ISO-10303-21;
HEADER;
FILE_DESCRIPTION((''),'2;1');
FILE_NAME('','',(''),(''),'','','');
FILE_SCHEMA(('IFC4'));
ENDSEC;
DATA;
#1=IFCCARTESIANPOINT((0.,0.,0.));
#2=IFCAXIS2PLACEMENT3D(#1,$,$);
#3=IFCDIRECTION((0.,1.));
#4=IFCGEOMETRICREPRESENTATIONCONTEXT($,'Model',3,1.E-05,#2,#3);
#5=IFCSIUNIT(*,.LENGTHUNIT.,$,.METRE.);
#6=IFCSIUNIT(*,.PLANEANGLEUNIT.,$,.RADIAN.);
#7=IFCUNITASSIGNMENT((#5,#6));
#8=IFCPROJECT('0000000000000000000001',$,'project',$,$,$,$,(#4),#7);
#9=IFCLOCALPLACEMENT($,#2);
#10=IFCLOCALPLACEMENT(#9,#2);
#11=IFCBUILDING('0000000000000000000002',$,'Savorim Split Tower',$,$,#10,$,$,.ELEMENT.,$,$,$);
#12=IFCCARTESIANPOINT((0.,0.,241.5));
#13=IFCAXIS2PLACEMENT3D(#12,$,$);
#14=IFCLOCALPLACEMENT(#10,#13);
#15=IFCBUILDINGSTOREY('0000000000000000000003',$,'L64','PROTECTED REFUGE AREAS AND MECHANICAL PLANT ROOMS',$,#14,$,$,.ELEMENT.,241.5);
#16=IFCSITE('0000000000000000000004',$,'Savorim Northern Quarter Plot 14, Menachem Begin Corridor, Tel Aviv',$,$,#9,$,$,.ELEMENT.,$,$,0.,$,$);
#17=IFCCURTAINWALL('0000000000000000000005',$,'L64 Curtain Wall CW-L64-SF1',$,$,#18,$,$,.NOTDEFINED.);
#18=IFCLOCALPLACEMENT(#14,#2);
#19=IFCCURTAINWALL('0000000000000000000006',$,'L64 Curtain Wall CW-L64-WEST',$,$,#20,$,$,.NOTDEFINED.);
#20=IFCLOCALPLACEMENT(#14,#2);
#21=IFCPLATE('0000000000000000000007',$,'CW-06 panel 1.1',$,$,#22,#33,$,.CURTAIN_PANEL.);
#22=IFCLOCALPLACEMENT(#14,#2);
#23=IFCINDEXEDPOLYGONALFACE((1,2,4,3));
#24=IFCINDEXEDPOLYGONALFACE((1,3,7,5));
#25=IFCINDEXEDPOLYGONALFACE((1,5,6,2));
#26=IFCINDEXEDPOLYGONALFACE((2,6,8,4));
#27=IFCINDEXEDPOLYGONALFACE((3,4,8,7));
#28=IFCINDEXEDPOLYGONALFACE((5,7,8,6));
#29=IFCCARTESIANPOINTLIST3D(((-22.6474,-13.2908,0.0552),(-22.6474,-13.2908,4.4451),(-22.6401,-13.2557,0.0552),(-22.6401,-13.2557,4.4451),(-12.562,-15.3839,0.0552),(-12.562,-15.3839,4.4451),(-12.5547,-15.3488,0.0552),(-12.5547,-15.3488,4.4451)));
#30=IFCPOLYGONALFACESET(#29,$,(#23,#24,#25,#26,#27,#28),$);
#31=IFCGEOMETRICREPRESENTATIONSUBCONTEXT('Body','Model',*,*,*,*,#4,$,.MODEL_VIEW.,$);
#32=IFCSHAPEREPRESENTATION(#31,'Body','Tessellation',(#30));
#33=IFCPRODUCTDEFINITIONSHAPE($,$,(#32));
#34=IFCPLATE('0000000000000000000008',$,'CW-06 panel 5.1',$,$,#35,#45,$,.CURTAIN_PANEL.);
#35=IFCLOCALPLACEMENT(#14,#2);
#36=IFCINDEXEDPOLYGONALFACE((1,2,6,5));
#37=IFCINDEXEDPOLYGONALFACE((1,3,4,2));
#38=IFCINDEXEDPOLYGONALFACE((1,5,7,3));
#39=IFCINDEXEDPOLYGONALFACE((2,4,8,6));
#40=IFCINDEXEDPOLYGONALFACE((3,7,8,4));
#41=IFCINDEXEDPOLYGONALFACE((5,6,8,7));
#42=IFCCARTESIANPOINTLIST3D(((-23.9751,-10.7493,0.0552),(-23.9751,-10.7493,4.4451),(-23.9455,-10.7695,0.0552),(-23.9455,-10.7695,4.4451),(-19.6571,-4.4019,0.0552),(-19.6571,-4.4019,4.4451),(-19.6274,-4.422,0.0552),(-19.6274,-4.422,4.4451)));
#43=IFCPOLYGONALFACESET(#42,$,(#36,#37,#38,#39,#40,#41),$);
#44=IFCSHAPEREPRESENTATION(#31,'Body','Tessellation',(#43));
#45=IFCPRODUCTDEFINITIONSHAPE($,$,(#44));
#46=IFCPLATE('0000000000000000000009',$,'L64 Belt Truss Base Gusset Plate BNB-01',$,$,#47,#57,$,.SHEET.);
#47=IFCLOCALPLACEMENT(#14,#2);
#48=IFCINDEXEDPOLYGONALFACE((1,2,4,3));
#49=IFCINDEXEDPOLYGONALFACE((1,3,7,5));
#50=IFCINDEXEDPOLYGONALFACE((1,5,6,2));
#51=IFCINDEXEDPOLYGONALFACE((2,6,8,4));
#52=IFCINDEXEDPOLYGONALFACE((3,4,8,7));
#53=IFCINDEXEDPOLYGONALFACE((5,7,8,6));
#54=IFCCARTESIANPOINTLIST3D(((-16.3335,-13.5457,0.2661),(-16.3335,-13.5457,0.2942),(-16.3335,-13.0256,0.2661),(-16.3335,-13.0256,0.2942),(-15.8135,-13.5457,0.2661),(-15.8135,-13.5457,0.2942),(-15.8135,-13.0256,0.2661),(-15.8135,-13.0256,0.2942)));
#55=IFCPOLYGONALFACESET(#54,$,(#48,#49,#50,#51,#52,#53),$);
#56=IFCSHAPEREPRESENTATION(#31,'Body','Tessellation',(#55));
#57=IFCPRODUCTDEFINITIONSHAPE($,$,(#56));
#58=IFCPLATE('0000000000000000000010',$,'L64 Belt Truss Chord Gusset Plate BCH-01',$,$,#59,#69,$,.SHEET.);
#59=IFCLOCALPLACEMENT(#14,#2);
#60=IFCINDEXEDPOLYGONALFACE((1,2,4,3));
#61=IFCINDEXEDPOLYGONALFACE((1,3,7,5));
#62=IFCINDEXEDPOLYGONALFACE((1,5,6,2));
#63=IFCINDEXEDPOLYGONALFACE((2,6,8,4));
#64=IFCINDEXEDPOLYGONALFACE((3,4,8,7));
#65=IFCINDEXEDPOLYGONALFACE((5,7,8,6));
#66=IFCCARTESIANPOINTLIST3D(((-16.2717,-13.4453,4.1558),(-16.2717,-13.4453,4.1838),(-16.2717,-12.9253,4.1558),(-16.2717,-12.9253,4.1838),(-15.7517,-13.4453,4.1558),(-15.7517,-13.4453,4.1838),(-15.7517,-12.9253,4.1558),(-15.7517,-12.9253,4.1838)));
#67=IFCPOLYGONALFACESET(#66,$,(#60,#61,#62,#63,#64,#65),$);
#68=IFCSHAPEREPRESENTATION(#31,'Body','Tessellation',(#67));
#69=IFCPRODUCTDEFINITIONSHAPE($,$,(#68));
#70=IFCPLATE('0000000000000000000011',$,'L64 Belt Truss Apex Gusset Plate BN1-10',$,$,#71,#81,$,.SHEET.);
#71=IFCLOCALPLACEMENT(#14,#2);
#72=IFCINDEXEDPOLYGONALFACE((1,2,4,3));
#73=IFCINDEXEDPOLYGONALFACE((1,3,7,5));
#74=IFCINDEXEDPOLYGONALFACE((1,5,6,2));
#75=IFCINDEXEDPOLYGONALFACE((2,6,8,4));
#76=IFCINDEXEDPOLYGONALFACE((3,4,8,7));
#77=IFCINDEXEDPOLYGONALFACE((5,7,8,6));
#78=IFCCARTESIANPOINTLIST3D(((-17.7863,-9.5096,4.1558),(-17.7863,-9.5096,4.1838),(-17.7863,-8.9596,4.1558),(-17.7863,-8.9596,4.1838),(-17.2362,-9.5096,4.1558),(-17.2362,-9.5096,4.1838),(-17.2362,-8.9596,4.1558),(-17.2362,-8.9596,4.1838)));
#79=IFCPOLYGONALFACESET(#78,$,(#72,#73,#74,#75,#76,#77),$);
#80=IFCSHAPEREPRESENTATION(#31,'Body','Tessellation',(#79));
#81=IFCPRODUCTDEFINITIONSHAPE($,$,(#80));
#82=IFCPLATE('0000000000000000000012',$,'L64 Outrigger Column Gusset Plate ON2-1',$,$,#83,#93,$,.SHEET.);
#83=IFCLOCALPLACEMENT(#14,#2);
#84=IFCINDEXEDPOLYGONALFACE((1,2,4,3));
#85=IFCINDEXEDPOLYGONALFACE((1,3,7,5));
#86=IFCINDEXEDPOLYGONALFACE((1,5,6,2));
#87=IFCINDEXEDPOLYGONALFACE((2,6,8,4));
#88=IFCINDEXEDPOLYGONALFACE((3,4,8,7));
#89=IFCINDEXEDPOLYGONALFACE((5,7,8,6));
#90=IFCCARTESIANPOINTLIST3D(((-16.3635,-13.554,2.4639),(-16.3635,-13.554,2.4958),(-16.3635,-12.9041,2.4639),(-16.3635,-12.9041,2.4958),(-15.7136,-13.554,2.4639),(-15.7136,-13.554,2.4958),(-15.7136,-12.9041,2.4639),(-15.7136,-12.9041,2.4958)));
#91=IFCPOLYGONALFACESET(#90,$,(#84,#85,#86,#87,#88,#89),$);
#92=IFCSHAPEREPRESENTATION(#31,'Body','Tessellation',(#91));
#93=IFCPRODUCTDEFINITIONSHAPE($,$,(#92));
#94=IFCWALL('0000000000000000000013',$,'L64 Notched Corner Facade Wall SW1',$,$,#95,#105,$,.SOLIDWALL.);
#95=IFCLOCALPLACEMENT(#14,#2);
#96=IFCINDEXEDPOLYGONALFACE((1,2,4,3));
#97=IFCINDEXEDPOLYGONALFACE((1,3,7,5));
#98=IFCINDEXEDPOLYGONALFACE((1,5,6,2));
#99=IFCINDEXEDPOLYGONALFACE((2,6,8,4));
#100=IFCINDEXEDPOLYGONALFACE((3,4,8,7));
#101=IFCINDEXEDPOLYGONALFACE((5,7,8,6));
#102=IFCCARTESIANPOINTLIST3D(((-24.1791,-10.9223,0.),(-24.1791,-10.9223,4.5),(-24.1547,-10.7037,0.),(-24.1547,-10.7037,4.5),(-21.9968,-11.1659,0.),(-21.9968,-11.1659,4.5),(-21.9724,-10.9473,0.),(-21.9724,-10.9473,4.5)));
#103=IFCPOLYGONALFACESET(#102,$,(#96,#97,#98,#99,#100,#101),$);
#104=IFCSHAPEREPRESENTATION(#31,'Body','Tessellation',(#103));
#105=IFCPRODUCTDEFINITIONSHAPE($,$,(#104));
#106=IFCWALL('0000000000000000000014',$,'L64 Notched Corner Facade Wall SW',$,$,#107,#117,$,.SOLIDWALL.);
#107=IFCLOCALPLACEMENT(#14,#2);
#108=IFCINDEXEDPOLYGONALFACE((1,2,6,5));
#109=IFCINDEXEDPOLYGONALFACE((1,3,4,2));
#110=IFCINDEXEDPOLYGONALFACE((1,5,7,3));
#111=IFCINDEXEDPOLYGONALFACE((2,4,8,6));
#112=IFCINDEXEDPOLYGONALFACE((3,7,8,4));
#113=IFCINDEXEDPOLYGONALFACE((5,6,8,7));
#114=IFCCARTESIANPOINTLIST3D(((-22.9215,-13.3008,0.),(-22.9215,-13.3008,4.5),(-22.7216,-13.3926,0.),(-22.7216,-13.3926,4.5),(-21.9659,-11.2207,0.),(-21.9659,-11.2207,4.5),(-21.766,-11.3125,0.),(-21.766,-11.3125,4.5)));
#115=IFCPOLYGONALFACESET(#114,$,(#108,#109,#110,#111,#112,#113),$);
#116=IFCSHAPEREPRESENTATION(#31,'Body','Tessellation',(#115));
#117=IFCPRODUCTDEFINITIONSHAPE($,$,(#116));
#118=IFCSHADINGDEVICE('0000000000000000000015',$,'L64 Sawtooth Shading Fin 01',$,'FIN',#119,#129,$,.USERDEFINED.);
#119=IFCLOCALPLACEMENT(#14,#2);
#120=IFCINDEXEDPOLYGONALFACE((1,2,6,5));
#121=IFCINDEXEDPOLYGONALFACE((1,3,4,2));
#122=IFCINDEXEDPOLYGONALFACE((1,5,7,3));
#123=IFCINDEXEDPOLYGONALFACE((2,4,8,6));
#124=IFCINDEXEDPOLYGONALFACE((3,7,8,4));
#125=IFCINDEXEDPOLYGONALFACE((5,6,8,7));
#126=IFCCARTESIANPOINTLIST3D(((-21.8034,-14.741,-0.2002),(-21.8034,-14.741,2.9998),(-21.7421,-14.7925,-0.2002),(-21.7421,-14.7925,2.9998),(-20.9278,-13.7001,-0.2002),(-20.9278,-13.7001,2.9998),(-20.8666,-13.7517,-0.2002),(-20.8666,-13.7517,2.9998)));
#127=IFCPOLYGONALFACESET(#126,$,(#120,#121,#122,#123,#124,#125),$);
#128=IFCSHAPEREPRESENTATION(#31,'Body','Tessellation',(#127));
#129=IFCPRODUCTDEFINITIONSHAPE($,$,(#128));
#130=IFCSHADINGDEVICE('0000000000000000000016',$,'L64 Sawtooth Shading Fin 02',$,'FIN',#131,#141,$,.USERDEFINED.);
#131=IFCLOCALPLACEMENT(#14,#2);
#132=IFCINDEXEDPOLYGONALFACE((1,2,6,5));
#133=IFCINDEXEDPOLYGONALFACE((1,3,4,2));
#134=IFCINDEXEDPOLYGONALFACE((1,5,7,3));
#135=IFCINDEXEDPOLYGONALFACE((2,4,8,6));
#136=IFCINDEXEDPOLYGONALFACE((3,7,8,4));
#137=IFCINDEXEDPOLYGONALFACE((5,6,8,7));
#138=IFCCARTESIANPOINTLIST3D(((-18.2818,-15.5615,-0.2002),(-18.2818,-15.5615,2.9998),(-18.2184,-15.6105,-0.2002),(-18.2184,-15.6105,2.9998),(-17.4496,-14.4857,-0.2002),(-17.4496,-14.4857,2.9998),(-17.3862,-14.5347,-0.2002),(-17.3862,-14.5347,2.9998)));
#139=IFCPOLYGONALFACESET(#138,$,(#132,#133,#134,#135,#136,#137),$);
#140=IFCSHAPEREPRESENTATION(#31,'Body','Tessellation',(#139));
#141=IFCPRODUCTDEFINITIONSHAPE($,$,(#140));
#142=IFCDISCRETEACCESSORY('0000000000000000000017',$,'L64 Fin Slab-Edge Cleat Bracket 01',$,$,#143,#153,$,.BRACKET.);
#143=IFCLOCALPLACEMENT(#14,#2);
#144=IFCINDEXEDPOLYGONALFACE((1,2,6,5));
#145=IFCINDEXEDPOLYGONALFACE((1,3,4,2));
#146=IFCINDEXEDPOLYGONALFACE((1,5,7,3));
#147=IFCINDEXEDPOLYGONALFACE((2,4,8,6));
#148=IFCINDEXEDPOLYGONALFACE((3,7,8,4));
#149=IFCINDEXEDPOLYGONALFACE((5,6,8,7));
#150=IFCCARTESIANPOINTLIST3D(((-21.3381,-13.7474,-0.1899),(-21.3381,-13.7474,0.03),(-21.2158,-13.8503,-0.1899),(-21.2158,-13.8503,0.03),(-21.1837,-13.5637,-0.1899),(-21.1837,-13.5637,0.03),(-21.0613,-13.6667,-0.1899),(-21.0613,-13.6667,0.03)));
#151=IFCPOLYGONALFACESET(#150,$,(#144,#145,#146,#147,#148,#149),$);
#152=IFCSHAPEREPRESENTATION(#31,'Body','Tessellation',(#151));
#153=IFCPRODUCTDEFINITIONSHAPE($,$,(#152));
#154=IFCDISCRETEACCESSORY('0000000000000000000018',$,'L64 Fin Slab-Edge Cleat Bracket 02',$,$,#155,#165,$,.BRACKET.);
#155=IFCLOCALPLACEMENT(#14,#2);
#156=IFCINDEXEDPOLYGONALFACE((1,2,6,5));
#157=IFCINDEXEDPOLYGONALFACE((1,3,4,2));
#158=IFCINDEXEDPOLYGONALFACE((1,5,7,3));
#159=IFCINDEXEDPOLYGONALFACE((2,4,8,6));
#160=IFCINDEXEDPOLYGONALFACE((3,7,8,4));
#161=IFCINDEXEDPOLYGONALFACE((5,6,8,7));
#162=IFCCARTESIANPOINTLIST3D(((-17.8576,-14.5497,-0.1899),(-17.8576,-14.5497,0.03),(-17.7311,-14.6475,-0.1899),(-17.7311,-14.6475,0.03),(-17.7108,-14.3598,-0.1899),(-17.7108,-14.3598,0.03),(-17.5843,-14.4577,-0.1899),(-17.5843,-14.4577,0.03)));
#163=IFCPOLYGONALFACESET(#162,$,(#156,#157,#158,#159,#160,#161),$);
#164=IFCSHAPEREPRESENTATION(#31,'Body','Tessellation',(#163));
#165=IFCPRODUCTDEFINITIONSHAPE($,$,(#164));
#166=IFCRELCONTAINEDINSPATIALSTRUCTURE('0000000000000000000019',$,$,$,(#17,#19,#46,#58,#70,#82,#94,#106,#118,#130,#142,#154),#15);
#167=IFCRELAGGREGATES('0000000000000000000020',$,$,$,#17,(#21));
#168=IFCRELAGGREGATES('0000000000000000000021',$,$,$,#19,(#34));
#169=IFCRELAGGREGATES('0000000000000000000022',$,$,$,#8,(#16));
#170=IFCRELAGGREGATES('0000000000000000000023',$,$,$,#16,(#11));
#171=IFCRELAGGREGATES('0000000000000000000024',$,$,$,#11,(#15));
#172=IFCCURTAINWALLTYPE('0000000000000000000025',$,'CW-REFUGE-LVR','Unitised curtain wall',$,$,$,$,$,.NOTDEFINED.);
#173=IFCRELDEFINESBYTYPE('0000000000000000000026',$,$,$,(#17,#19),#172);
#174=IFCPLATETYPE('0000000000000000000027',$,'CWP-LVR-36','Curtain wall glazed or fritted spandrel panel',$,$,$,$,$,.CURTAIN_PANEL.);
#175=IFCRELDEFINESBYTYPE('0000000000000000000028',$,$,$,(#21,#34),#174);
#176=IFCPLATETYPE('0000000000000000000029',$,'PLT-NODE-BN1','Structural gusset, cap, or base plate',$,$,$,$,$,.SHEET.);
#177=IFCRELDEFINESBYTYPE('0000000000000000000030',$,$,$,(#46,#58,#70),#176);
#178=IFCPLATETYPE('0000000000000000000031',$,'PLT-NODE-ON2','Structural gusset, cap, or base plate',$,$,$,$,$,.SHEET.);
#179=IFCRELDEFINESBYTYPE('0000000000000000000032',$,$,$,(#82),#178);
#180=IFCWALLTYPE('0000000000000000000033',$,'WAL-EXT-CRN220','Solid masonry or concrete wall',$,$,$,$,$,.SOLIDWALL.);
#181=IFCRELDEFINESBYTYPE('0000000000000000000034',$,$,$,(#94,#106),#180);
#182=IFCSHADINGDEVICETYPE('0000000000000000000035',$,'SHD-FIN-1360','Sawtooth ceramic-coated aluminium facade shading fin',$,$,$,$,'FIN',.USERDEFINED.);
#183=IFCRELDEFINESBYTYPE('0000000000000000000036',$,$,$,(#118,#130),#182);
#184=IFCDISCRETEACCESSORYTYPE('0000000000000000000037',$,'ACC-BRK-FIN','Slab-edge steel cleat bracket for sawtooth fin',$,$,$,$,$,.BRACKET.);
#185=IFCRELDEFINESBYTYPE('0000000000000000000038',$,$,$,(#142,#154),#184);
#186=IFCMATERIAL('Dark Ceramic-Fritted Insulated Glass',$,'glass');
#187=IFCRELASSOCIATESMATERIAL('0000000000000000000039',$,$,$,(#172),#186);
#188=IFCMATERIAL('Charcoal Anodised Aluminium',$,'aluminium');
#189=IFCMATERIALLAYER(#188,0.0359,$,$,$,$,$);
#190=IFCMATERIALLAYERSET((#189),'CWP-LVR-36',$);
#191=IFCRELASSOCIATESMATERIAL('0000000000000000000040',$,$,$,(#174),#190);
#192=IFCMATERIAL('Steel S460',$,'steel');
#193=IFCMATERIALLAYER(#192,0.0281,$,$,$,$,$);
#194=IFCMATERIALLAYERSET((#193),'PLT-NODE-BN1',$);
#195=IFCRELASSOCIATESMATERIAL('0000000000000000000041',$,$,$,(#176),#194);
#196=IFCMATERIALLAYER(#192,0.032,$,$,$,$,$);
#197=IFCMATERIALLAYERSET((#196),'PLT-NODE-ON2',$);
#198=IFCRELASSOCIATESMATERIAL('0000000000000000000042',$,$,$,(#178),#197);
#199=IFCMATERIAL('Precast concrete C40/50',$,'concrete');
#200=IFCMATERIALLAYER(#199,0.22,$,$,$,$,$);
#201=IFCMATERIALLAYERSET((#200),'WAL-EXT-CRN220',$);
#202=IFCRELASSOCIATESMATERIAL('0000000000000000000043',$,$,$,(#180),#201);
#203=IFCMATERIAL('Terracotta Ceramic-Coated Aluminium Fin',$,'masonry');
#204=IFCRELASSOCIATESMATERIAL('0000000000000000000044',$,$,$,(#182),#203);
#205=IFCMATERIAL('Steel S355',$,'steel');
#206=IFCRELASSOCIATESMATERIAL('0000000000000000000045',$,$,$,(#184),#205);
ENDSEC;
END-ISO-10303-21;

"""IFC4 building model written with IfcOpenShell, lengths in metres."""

from ifc_helpers import new_model, si_unit, direction, frame, frame_2d, origin, origin_2d, place, context, subcontext, project, spatial, rectangle, extrude, material, layer, layer_set, type_object, element, aggregate, save


model = new_model("IFC4")

# Units and contexts
model_context = context("Model", 3, precision=1e-05, world=origin(), true_north=direction((0.0, 1.0)))
body_context = subcontext(model_context, "Body", "Model", "MODEL_VIEW")
ifc_project = project(units=[si_unit("LENGTHUNIT", "METRE"), si_unit("PLANEANGLEUNIT", "RADIAN")], contexts=[model_context])

# Site, building, storey
site_placement = place(None, origin())
site = spatial("IfcSite", under=ifc_project, at=site_placement, Name="Savorim Northern Quarter Plot 14, Menachem Begin Corridor, Tel Aviv", CompositionType="ELEMENT", RefElevation=0.0)
building_placement = place(site_placement, origin())
building = spatial("IfcBuilding", under=site, at=building_placement, Name="Savorim Split Tower", CompositionType="ELEMENT")
storey_placement = place(building_placement, frame((0.0, 0.0, 241.5)))
storey = spatial("IfcBuildingStorey", under=building, at=storey_placement, Name="L64", Description="PROTECTED REFUGE AREAS AND MECHANICAL PLANT ROOMS", CompositionType="ELEMENT", Elevation=241.5)

# Shared definitions
ifc_material_1 = material(Name="Steel S355", Category="steel")

# Curtain walls
ifc_material_2 = material(Name="Dark Ceramic-Fritted Insulated Glass", Category="glass")
curtain_wall_type = type_object("IfcCurtainWallType", Name="CW-REFUGE-LVR", Description="Unitised curtain wall", PredefinedType="NOTDEFINED", material=ifc_material_2)
curtain_wall_1_placement = place(storey_placement, origin())
curtain_wall_1 = element("IfcCurtainWall", 1, at=curtain_wall_1_placement, inside=storey, type_object=curtain_wall_type, Name="L64 Curtain Wall CW-L64-SF1", PredefinedType="NOTDEFINED")
ifc_material_3 = material(Name="Charcoal Anodised Aluminium", Category="aluminium")
curtain_wall_2_placement = place(storey_placement, origin())
curtain_wall_2 = element("IfcCurtainWall", 2, at=curtain_wall_2_placement, inside=storey, type_object=curtain_wall_type, Name="L64 Curtain Wall CW-L64-WEST", PredefinedType="NOTDEFINED")

# Shared definitions
ifc_material_4 = material(Name="Steel S460", Category="steel")

# Plates
ifc_layer_1 = layer(ifc_material_3, 0.0359)
ifc_layer_set_1 = layer_set([ifc_layer_1], Name="CWP-LVR-36")
plate_type_1 = type_object("IfcPlateType", Name="CWP-LVR-36", Description="Curtain wall glazed or fritted spandrel panel", PredefinedType="CURTAIN_PANEL", material=ifc_layer_set_1)
plate_1_placement = place(storey_placement, frame((-17.6011, -14.3198, 0.0552), z_axis=(0.0, 0.0, 1.0), x_axis=(0.979136, -0.203208, 0.0)))
plate_1 = element("IfcPlate", 3, at=plate_1_placement, type_object=plate_type_1, Name="CW-06 panel 1.1", PredefinedType="CURTAIN_PANEL", context=body_context, shape_type="SweptSolid", body=[
    extrude(rectangle(XDim=10.3003, YDim=0.0359, at=origin_2d()), origin(), (0.0, 0.0, 1.0), 4.3899),
])
aggregate(curtain_wall_1, [plate_1])
plate_2_placement = place(storey_placement, frame((-21.8013, -7.5857, 0.0552), z_axis=(0.0, 0.0, 1.0), x_axis=(-0.562469, -0.826818, 0.0)))
plate_2 = element("IfcPlate", 4, at=plate_2_placement, type_object=plate_type_1, Name="CW-06 panel 5.1", PredefinedType="CURTAIN_PANEL", context=body_context, shape_type="SweptSolid", body=[
    extrude(rectangle(XDim=7.677, YDim=0.0359, at=origin_2d()), origin(), (0.0, 0.0, 1.0), 4.3899),
])
aggregate(curtain_wall_2, [plate_2])

# Plates
ifc_layer_2 = layer(ifc_material_4, 0.0281)
ifc_layer_set_2 = layer_set([ifc_layer_2], Name="PLT-NODE-BN1")
plate_type_2 = type_object("IfcPlateType", Name="PLT-NODE-BN1", Description="Structural gusset, cap, or base plate", PredefinedType="SHEET", material=ifc_layer_set_2)
for number, where, z_axis, x_axis, name in (
    (5, (-16.0735, -13.2856, 0.2661), (0.0, 0.0, 1.0), (1.0, 0.0, 0.0), "L64 Belt Truss Base Gusset Plate BNB-01"),
    (6, (-16.0117, -13.1853, 4.1558), (0.0, 0.0, 1.0), (1.0, 0.0, 0.0), "L64 Belt Truss Chord Gusset Plate BCH-01"),
):
    element("IfcPlate", number, at=place(storey_placement, frame(where, z_axis=z_axis, x_axis=x_axis)), inside=storey, type_object=plate_type_2, Name=name, PredefinedType="SHEET", context=body_context, shape_type="SweptSolid", body=[
        extrude(rectangle(XDim=0.52, YDim=0.52, at=origin_2d()), origin(), (0.0, 0.0, 1.0), 0.0281),
    ])
plate_3_placement = place(storey_placement, frame((-17.5112, -9.2346, 4.1558), z_axis=(0.0, 0.0, 1.0), x_axis=(1.0, 0.0, 0.0)))
element("IfcPlate", 7, at=plate_3_placement, inside=storey, type_object=plate_type_2, Name="L64 Belt Truss Apex Gusset Plate BN1-10", PredefinedType="SHEET", context=body_context, shape_type="SweptSolid", body=[
    extrude(rectangle(XDim=0.55, YDim=0.55, at=origin_2d()), origin(), (0.0, 0.0, 1.0), 0.0281),
])
ifc_layer_3 = layer(ifc_material_4, 0.032)
ifc_layer_set_3 = layer_set([ifc_layer_3], Name="PLT-NODE-ON2")
plate_type_3 = type_object("IfcPlateType", Name="PLT-NODE-ON2", Description="Structural gusset, cap, or base plate", PredefinedType="SHEET", material=ifc_layer_set_3)
plate_4_placement = place(storey_placement, frame((-16.0386, -13.229, 2.4639), z_axis=(0.0, 0.0, 1.0), x_axis=(1.0, 0.0, 0.0)))
element("IfcPlate", 8, at=plate_4_placement, inside=storey, type_object=plate_type_3, Name="L64 Outrigger Column Gusset Plate ON2-1", PredefinedType="SHEET", context=body_context, shape_type="SweptSolid", body=[
    extrude(rectangle(XDim=0.6499, YDim=0.6499, at=origin_2d()), origin(), (0.0, 0.0, 1.0), 0.032),
])

# Walls
ifc_material_5 = material(Name="Precast concrete C40/50", Category="concrete")
ifc_layer_4 = layer(ifc_material_5, 0.22)
ifc_layer_set_4 = layer_set([ifc_layer_4], Name="WAL-EXT-CRN220")
wall_type = type_object("IfcWallType", Name="WAL-EXT-CRN220", Description="Solid masonry or concrete wall", PredefinedType="SOLIDWALL", material=ifc_layer_set_4)
wall_1_placement = place(storey_placement, frame((-21.9846, -11.0566, 0.0), z_axis=(0.0, 0.0, 1.0), x_axis=(-0.993824, 0.110968, 0.0)))
element("IfcWall", 9, at=wall_1_placement, inside=storey, type_object=wall_type, Name="L64 Notched Corner Facade Wall SW1", PredefinedType="SOLIDWALL", context=body_context, shape_type="SweptSolid", body=[
    extrude(rectangle(XDim=2.1958, YDim=0.22, at=frame_2d((1.0979, 0.0))), origin(), (0.0, 0.0, 1.0), 4.5),
])
wall_2_placement = place(storey_placement, frame((-22.8215, -13.3467, 0.0), z_axis=(0.0, 0.0, 1.0), x_axis=(0.417448, 0.908701, 0.0)))
element("IfcWall", 10, at=wall_2_placement, inside=storey, type_object=wall_type, Name="L64 Notched Corner Facade Wall SW", PredefinedType="SOLIDWALL", context=body_context, shape_type="SweptSolid", body=[
    extrude(rectangle(XDim=2.2891, YDim=0.22, at=frame_2d((1.1445, 0.0))), origin(), (0.0, 0.0, 1.0), 4.5),
])

# Shading devices
ifc_material_6 = material(Name="Terracotta Ceramic-Coated Aluminium Fin", Category="masonry")
shading_device_type = type_object("IfcShadingDeviceType", Name="SHD-FIN-1360", Description="Sawtooth ceramic-coated aluminium facade shading fin", ElementType="FIN", PredefinedType="USERDEFINED", material=ifc_material_6)
for number, where, z_axis, x_axis, name in (
    (11, (-21.335, -14.2463, -0.2002), (0.0, 0.0, 1.0), (-0.643719, -0.765262, 0.0), "L64 Sawtooth Shading Fin 01"),
    (12, (-17.834, -15.0481, -0.2002), (0.0, 0.0, 1.0), (-0.611868, -0.79096, 0.0), "L64 Sawtooth Shading Fin 02"),
):
    element("IfcShadingDevice", number, at=place(storey_placement, frame(where, z_axis=z_axis, x_axis=x_axis)), inside=storey, type_object=shading_device_type, Name=name, ObjectType="FIN", PredefinedType="USERDEFINED", context=body_context, shape_type="SweptSolid", body=[
        extrude(rectangle(XDim=1.3601, YDim=0.0801, at=origin_2d()), origin(), (0.0, 0.0, 1.0), 3.2),
    ])

# Discrete accessories
discrete_accessory_type = type_object("IfcDiscreteAccessoryType", Name="ACC-BRK-FIN", Description="Slab-edge steel cleat bracket for sawtooth fin", PredefinedType="BRACKET", material=ifc_material_1)
for number, where, z_axis, x_axis, name in (
    (13, (-21.1997, -13.707, -0.1899), (0.0, 0.0, 1.0), (-0.643719, -0.765262, 0.0), "L64 Fin Slab-Edge Cleat Bracket 01"),
    (14, (-17.7209, -14.5037, -0.1899), (0.0, 0.0, 1.0), (-0.611868, -0.79096, 0.0), "L64 Fin Slab-Edge Cleat Bracket 02"),
):
    element("IfcDiscreteAccessory", number, at=place(storey_placement, frame(where, z_axis=z_axis, x_axis=x_axis)), inside=storey, type_object=discrete_accessory_type, Name=name, PredefinedType="BRACKET", context=body_context, shape_type="SweptSolid", body=[
        extrude(rectangle(XDim=0.24, YDim=0.1599, at=origin_2d()), origin(), (0.0, 0.0, 1.0), 0.22),
    ])

save(model, "model.ifc")
